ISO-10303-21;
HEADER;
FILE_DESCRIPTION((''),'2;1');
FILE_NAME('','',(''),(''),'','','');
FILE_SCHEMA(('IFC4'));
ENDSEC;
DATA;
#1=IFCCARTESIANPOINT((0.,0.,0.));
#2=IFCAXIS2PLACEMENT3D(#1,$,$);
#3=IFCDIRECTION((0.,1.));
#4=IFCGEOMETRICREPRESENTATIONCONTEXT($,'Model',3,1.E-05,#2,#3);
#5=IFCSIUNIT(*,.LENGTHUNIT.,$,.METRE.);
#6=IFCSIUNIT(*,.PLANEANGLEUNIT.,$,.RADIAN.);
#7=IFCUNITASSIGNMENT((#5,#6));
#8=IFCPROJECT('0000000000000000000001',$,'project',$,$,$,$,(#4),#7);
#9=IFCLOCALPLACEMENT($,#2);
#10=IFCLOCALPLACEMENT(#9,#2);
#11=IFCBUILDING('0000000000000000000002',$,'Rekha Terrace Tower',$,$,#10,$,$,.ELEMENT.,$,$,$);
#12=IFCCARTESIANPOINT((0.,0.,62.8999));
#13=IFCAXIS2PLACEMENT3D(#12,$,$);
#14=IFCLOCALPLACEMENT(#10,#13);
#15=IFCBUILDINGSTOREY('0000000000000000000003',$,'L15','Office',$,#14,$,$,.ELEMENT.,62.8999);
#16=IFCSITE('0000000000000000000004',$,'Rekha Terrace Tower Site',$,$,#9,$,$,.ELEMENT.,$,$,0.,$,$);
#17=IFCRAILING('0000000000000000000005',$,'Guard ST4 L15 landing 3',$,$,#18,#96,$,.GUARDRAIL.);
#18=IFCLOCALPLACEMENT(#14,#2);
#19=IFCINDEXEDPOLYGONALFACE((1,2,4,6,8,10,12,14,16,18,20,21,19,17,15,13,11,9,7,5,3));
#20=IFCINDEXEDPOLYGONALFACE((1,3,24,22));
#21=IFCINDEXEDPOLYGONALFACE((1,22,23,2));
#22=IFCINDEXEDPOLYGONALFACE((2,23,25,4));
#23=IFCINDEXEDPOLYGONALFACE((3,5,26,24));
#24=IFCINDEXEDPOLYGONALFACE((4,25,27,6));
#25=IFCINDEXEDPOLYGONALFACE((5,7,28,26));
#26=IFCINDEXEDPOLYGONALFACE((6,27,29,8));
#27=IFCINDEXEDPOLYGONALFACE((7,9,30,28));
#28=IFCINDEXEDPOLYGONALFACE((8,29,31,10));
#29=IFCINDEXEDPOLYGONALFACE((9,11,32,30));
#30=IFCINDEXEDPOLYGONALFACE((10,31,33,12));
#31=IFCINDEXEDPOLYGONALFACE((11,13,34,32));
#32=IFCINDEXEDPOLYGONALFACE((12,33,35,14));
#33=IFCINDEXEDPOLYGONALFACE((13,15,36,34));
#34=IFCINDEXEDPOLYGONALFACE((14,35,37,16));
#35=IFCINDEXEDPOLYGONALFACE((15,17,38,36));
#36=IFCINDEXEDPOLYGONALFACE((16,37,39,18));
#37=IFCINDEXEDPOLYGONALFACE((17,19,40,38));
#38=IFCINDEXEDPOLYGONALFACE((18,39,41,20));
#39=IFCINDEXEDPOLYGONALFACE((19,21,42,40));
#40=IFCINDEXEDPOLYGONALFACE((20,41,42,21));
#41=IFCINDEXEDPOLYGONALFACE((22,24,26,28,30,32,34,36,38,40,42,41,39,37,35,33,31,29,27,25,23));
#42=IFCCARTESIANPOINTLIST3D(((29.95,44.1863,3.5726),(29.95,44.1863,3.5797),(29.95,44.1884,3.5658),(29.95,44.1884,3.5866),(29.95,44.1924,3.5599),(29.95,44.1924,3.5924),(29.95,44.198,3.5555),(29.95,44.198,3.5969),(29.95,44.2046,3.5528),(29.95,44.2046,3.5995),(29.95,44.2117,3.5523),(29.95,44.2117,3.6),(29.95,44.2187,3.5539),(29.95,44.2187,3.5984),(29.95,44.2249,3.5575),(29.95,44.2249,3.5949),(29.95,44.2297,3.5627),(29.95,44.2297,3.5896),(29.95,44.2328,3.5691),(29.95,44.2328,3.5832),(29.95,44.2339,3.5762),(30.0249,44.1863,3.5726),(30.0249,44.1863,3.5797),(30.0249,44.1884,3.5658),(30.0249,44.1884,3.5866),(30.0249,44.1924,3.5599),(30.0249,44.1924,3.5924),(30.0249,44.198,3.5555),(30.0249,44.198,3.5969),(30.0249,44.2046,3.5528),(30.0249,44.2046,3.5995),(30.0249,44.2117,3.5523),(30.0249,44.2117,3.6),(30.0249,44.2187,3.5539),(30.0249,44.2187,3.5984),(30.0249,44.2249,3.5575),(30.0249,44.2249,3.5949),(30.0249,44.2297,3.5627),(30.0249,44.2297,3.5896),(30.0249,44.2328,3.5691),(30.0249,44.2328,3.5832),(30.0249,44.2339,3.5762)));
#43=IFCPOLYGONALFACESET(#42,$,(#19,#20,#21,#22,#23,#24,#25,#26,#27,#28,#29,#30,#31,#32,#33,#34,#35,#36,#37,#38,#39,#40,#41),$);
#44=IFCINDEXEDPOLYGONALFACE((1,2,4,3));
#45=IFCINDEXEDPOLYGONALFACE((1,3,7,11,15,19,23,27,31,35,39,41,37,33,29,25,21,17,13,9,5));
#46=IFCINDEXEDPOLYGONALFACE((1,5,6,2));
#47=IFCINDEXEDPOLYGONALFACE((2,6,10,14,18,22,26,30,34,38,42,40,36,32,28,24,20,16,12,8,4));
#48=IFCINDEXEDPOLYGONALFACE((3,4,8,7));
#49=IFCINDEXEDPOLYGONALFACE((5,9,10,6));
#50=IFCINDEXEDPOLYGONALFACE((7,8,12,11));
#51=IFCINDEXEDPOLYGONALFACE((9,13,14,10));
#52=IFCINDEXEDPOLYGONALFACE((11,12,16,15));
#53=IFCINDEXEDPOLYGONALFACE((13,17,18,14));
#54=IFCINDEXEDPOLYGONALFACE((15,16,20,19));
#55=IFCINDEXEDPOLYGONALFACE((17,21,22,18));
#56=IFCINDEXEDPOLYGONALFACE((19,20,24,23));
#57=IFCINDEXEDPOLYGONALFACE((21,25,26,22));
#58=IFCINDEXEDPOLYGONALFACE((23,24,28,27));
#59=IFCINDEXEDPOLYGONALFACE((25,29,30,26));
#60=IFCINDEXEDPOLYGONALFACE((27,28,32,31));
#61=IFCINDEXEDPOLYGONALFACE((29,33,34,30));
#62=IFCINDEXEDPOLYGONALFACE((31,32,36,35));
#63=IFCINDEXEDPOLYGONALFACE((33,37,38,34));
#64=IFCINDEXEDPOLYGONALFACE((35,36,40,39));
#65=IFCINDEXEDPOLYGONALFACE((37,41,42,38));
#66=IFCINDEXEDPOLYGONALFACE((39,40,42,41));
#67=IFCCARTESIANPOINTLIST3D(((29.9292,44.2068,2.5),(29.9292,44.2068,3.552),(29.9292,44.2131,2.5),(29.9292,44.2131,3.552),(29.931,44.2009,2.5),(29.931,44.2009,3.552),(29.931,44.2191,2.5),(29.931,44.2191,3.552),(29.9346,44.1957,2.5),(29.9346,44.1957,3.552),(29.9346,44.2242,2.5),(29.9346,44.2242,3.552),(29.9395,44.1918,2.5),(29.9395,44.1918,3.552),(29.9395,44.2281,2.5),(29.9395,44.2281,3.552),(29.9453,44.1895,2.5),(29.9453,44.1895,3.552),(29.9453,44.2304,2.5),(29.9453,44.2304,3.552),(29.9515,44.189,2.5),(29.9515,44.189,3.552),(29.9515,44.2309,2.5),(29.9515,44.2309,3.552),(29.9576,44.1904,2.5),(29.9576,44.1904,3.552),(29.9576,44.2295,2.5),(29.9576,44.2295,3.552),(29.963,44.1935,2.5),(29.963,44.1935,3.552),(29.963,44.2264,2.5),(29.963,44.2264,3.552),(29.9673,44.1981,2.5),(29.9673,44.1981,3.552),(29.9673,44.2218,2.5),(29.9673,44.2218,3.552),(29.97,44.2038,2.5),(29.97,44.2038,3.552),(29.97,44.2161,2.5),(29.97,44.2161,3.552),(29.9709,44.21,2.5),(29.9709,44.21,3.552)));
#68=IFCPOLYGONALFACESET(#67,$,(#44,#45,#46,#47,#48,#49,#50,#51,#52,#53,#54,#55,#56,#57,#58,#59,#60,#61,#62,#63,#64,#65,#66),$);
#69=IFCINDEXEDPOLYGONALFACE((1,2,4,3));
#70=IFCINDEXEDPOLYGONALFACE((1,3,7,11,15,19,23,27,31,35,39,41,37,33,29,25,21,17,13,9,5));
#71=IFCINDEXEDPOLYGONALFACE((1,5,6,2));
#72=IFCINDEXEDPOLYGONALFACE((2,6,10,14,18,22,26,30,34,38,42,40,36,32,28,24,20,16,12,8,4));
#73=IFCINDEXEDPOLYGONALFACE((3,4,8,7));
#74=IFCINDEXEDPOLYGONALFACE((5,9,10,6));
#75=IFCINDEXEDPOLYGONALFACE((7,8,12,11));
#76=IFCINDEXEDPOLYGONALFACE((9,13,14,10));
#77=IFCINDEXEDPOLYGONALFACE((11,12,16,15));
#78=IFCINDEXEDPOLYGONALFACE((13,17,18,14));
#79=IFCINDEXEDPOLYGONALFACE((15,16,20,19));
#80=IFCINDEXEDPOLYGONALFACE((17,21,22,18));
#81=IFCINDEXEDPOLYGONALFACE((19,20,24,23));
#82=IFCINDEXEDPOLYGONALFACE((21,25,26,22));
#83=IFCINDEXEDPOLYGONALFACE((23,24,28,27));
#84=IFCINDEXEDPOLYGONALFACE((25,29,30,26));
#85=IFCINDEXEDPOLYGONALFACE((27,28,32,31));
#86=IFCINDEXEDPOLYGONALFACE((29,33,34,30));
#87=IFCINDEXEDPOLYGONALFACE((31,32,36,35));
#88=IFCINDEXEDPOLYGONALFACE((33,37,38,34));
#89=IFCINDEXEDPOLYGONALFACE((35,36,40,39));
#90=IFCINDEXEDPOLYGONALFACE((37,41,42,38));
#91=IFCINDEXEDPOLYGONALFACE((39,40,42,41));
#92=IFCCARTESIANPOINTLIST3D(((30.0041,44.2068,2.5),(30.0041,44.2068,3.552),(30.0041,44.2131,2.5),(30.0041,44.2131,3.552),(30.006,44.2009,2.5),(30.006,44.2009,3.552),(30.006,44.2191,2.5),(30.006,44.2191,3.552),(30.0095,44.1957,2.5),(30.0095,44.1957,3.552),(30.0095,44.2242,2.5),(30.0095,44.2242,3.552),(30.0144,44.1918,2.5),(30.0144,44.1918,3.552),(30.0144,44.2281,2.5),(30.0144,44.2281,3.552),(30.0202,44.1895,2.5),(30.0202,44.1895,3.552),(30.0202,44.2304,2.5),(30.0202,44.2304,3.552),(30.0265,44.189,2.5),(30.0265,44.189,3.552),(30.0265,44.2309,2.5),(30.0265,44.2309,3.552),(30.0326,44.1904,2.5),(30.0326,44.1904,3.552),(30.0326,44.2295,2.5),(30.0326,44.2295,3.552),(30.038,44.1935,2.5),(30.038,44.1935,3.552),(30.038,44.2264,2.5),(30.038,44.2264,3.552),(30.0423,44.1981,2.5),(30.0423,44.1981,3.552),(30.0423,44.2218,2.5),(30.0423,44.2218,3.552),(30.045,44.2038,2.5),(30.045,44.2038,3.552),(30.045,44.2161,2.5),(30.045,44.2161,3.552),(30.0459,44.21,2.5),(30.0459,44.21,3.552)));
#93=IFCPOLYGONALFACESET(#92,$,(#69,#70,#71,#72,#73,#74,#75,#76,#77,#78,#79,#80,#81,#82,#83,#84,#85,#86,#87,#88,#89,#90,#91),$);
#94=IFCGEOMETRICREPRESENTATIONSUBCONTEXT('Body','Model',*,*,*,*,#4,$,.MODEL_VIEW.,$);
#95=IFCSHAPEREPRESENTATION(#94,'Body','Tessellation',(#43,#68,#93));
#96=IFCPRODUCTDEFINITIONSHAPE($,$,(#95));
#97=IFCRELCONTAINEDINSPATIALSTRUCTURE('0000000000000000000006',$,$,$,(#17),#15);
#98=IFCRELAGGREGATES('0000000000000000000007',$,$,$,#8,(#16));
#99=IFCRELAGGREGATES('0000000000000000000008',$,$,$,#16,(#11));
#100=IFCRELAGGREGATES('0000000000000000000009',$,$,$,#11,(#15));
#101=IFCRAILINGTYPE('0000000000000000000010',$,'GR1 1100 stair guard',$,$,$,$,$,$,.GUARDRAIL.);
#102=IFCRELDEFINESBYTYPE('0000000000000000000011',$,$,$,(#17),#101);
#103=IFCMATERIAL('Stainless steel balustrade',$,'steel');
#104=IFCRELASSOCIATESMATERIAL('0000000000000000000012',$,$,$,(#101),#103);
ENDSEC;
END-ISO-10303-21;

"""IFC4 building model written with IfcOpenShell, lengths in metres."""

from ifc_helpers import new_model, si_unit, direction, frame, origin, origin_2d, place, context, subcontext, project, spatial, circle, extrude, material, type_object, element, save


model = new_model("IFC4")

# Units and contexts
model_context = context("Model", 3, precision=1e-05, world=origin(), true_north=direction((0.0, 1.0)))
body_context = subcontext(model_context, "Body", "Model", "MODEL_VIEW")
ifc_project = project(units=[si_unit("LENGTHUNIT", "METRE"), si_unit("PLANEANGLEUNIT", "RADIAN")], contexts=[model_context])

# Site, building, storey
site_placement = place(None, origin())
site = spatial("IfcSite", under=ifc_project, at=site_placement, Name="Rekha Terrace Tower Site", CompositionType="ELEMENT", RefElevation=0.0)
building_placement = place(site_placement, origin())
building = spatial("IfcBuilding", under=site, at=building_placement, Name="Rekha Terrace Tower", CompositionType="ELEMENT")
storey_placement = place(building_placement, frame((0.0, 0.0, 62.8999)))
storey = spatial("IfcBuildingStorey", under=building, at=storey_placement, Name="L15", Description="Office", CompositionType="ELEMENT", Elevation=62.8999)

# Railing
ifc_material_1 = material(Name="Stainless steel balustrade", Category="steel")
railing_type_1 = type_object("IfcRailingType", Name="GR1 1100 stair guard", PredefinedType="GUARDRAIL", material=ifc_material_1)
railing_1_placement = place(storey_placement, frame((29.95, 44.21, 2.5)))
element("IfcRailing", 1, at=railing_1_placement, inside=storey, type_object=railing_type_1, Name="Guard ST4 L15 landing 3", PredefinedType="GUARDRAIL", context=body_context, shape_type="SweptSolid", body=[
    extrude(circle(Radius=0.0239, at=origin_2d()), frame((0.0, 0.0, 1.0762), z_axis=(1.0, 0.0, 0.0), x_axis=(0.0, 1.0, 0.0)), (0.0, 0.0, 1.0), 0.075),
    extrude(circle(Radius=0.021, at=origin_2d()), origin(), (0.0, 0.0, 1.0), 1.052),
    extrude(circle(Radius=0.021, at=origin_2d()), frame((0.075, 0.0, 0.0)), (0.0, 0.0, 1.0), 1.052),
])

save(model, "model.ifc")
